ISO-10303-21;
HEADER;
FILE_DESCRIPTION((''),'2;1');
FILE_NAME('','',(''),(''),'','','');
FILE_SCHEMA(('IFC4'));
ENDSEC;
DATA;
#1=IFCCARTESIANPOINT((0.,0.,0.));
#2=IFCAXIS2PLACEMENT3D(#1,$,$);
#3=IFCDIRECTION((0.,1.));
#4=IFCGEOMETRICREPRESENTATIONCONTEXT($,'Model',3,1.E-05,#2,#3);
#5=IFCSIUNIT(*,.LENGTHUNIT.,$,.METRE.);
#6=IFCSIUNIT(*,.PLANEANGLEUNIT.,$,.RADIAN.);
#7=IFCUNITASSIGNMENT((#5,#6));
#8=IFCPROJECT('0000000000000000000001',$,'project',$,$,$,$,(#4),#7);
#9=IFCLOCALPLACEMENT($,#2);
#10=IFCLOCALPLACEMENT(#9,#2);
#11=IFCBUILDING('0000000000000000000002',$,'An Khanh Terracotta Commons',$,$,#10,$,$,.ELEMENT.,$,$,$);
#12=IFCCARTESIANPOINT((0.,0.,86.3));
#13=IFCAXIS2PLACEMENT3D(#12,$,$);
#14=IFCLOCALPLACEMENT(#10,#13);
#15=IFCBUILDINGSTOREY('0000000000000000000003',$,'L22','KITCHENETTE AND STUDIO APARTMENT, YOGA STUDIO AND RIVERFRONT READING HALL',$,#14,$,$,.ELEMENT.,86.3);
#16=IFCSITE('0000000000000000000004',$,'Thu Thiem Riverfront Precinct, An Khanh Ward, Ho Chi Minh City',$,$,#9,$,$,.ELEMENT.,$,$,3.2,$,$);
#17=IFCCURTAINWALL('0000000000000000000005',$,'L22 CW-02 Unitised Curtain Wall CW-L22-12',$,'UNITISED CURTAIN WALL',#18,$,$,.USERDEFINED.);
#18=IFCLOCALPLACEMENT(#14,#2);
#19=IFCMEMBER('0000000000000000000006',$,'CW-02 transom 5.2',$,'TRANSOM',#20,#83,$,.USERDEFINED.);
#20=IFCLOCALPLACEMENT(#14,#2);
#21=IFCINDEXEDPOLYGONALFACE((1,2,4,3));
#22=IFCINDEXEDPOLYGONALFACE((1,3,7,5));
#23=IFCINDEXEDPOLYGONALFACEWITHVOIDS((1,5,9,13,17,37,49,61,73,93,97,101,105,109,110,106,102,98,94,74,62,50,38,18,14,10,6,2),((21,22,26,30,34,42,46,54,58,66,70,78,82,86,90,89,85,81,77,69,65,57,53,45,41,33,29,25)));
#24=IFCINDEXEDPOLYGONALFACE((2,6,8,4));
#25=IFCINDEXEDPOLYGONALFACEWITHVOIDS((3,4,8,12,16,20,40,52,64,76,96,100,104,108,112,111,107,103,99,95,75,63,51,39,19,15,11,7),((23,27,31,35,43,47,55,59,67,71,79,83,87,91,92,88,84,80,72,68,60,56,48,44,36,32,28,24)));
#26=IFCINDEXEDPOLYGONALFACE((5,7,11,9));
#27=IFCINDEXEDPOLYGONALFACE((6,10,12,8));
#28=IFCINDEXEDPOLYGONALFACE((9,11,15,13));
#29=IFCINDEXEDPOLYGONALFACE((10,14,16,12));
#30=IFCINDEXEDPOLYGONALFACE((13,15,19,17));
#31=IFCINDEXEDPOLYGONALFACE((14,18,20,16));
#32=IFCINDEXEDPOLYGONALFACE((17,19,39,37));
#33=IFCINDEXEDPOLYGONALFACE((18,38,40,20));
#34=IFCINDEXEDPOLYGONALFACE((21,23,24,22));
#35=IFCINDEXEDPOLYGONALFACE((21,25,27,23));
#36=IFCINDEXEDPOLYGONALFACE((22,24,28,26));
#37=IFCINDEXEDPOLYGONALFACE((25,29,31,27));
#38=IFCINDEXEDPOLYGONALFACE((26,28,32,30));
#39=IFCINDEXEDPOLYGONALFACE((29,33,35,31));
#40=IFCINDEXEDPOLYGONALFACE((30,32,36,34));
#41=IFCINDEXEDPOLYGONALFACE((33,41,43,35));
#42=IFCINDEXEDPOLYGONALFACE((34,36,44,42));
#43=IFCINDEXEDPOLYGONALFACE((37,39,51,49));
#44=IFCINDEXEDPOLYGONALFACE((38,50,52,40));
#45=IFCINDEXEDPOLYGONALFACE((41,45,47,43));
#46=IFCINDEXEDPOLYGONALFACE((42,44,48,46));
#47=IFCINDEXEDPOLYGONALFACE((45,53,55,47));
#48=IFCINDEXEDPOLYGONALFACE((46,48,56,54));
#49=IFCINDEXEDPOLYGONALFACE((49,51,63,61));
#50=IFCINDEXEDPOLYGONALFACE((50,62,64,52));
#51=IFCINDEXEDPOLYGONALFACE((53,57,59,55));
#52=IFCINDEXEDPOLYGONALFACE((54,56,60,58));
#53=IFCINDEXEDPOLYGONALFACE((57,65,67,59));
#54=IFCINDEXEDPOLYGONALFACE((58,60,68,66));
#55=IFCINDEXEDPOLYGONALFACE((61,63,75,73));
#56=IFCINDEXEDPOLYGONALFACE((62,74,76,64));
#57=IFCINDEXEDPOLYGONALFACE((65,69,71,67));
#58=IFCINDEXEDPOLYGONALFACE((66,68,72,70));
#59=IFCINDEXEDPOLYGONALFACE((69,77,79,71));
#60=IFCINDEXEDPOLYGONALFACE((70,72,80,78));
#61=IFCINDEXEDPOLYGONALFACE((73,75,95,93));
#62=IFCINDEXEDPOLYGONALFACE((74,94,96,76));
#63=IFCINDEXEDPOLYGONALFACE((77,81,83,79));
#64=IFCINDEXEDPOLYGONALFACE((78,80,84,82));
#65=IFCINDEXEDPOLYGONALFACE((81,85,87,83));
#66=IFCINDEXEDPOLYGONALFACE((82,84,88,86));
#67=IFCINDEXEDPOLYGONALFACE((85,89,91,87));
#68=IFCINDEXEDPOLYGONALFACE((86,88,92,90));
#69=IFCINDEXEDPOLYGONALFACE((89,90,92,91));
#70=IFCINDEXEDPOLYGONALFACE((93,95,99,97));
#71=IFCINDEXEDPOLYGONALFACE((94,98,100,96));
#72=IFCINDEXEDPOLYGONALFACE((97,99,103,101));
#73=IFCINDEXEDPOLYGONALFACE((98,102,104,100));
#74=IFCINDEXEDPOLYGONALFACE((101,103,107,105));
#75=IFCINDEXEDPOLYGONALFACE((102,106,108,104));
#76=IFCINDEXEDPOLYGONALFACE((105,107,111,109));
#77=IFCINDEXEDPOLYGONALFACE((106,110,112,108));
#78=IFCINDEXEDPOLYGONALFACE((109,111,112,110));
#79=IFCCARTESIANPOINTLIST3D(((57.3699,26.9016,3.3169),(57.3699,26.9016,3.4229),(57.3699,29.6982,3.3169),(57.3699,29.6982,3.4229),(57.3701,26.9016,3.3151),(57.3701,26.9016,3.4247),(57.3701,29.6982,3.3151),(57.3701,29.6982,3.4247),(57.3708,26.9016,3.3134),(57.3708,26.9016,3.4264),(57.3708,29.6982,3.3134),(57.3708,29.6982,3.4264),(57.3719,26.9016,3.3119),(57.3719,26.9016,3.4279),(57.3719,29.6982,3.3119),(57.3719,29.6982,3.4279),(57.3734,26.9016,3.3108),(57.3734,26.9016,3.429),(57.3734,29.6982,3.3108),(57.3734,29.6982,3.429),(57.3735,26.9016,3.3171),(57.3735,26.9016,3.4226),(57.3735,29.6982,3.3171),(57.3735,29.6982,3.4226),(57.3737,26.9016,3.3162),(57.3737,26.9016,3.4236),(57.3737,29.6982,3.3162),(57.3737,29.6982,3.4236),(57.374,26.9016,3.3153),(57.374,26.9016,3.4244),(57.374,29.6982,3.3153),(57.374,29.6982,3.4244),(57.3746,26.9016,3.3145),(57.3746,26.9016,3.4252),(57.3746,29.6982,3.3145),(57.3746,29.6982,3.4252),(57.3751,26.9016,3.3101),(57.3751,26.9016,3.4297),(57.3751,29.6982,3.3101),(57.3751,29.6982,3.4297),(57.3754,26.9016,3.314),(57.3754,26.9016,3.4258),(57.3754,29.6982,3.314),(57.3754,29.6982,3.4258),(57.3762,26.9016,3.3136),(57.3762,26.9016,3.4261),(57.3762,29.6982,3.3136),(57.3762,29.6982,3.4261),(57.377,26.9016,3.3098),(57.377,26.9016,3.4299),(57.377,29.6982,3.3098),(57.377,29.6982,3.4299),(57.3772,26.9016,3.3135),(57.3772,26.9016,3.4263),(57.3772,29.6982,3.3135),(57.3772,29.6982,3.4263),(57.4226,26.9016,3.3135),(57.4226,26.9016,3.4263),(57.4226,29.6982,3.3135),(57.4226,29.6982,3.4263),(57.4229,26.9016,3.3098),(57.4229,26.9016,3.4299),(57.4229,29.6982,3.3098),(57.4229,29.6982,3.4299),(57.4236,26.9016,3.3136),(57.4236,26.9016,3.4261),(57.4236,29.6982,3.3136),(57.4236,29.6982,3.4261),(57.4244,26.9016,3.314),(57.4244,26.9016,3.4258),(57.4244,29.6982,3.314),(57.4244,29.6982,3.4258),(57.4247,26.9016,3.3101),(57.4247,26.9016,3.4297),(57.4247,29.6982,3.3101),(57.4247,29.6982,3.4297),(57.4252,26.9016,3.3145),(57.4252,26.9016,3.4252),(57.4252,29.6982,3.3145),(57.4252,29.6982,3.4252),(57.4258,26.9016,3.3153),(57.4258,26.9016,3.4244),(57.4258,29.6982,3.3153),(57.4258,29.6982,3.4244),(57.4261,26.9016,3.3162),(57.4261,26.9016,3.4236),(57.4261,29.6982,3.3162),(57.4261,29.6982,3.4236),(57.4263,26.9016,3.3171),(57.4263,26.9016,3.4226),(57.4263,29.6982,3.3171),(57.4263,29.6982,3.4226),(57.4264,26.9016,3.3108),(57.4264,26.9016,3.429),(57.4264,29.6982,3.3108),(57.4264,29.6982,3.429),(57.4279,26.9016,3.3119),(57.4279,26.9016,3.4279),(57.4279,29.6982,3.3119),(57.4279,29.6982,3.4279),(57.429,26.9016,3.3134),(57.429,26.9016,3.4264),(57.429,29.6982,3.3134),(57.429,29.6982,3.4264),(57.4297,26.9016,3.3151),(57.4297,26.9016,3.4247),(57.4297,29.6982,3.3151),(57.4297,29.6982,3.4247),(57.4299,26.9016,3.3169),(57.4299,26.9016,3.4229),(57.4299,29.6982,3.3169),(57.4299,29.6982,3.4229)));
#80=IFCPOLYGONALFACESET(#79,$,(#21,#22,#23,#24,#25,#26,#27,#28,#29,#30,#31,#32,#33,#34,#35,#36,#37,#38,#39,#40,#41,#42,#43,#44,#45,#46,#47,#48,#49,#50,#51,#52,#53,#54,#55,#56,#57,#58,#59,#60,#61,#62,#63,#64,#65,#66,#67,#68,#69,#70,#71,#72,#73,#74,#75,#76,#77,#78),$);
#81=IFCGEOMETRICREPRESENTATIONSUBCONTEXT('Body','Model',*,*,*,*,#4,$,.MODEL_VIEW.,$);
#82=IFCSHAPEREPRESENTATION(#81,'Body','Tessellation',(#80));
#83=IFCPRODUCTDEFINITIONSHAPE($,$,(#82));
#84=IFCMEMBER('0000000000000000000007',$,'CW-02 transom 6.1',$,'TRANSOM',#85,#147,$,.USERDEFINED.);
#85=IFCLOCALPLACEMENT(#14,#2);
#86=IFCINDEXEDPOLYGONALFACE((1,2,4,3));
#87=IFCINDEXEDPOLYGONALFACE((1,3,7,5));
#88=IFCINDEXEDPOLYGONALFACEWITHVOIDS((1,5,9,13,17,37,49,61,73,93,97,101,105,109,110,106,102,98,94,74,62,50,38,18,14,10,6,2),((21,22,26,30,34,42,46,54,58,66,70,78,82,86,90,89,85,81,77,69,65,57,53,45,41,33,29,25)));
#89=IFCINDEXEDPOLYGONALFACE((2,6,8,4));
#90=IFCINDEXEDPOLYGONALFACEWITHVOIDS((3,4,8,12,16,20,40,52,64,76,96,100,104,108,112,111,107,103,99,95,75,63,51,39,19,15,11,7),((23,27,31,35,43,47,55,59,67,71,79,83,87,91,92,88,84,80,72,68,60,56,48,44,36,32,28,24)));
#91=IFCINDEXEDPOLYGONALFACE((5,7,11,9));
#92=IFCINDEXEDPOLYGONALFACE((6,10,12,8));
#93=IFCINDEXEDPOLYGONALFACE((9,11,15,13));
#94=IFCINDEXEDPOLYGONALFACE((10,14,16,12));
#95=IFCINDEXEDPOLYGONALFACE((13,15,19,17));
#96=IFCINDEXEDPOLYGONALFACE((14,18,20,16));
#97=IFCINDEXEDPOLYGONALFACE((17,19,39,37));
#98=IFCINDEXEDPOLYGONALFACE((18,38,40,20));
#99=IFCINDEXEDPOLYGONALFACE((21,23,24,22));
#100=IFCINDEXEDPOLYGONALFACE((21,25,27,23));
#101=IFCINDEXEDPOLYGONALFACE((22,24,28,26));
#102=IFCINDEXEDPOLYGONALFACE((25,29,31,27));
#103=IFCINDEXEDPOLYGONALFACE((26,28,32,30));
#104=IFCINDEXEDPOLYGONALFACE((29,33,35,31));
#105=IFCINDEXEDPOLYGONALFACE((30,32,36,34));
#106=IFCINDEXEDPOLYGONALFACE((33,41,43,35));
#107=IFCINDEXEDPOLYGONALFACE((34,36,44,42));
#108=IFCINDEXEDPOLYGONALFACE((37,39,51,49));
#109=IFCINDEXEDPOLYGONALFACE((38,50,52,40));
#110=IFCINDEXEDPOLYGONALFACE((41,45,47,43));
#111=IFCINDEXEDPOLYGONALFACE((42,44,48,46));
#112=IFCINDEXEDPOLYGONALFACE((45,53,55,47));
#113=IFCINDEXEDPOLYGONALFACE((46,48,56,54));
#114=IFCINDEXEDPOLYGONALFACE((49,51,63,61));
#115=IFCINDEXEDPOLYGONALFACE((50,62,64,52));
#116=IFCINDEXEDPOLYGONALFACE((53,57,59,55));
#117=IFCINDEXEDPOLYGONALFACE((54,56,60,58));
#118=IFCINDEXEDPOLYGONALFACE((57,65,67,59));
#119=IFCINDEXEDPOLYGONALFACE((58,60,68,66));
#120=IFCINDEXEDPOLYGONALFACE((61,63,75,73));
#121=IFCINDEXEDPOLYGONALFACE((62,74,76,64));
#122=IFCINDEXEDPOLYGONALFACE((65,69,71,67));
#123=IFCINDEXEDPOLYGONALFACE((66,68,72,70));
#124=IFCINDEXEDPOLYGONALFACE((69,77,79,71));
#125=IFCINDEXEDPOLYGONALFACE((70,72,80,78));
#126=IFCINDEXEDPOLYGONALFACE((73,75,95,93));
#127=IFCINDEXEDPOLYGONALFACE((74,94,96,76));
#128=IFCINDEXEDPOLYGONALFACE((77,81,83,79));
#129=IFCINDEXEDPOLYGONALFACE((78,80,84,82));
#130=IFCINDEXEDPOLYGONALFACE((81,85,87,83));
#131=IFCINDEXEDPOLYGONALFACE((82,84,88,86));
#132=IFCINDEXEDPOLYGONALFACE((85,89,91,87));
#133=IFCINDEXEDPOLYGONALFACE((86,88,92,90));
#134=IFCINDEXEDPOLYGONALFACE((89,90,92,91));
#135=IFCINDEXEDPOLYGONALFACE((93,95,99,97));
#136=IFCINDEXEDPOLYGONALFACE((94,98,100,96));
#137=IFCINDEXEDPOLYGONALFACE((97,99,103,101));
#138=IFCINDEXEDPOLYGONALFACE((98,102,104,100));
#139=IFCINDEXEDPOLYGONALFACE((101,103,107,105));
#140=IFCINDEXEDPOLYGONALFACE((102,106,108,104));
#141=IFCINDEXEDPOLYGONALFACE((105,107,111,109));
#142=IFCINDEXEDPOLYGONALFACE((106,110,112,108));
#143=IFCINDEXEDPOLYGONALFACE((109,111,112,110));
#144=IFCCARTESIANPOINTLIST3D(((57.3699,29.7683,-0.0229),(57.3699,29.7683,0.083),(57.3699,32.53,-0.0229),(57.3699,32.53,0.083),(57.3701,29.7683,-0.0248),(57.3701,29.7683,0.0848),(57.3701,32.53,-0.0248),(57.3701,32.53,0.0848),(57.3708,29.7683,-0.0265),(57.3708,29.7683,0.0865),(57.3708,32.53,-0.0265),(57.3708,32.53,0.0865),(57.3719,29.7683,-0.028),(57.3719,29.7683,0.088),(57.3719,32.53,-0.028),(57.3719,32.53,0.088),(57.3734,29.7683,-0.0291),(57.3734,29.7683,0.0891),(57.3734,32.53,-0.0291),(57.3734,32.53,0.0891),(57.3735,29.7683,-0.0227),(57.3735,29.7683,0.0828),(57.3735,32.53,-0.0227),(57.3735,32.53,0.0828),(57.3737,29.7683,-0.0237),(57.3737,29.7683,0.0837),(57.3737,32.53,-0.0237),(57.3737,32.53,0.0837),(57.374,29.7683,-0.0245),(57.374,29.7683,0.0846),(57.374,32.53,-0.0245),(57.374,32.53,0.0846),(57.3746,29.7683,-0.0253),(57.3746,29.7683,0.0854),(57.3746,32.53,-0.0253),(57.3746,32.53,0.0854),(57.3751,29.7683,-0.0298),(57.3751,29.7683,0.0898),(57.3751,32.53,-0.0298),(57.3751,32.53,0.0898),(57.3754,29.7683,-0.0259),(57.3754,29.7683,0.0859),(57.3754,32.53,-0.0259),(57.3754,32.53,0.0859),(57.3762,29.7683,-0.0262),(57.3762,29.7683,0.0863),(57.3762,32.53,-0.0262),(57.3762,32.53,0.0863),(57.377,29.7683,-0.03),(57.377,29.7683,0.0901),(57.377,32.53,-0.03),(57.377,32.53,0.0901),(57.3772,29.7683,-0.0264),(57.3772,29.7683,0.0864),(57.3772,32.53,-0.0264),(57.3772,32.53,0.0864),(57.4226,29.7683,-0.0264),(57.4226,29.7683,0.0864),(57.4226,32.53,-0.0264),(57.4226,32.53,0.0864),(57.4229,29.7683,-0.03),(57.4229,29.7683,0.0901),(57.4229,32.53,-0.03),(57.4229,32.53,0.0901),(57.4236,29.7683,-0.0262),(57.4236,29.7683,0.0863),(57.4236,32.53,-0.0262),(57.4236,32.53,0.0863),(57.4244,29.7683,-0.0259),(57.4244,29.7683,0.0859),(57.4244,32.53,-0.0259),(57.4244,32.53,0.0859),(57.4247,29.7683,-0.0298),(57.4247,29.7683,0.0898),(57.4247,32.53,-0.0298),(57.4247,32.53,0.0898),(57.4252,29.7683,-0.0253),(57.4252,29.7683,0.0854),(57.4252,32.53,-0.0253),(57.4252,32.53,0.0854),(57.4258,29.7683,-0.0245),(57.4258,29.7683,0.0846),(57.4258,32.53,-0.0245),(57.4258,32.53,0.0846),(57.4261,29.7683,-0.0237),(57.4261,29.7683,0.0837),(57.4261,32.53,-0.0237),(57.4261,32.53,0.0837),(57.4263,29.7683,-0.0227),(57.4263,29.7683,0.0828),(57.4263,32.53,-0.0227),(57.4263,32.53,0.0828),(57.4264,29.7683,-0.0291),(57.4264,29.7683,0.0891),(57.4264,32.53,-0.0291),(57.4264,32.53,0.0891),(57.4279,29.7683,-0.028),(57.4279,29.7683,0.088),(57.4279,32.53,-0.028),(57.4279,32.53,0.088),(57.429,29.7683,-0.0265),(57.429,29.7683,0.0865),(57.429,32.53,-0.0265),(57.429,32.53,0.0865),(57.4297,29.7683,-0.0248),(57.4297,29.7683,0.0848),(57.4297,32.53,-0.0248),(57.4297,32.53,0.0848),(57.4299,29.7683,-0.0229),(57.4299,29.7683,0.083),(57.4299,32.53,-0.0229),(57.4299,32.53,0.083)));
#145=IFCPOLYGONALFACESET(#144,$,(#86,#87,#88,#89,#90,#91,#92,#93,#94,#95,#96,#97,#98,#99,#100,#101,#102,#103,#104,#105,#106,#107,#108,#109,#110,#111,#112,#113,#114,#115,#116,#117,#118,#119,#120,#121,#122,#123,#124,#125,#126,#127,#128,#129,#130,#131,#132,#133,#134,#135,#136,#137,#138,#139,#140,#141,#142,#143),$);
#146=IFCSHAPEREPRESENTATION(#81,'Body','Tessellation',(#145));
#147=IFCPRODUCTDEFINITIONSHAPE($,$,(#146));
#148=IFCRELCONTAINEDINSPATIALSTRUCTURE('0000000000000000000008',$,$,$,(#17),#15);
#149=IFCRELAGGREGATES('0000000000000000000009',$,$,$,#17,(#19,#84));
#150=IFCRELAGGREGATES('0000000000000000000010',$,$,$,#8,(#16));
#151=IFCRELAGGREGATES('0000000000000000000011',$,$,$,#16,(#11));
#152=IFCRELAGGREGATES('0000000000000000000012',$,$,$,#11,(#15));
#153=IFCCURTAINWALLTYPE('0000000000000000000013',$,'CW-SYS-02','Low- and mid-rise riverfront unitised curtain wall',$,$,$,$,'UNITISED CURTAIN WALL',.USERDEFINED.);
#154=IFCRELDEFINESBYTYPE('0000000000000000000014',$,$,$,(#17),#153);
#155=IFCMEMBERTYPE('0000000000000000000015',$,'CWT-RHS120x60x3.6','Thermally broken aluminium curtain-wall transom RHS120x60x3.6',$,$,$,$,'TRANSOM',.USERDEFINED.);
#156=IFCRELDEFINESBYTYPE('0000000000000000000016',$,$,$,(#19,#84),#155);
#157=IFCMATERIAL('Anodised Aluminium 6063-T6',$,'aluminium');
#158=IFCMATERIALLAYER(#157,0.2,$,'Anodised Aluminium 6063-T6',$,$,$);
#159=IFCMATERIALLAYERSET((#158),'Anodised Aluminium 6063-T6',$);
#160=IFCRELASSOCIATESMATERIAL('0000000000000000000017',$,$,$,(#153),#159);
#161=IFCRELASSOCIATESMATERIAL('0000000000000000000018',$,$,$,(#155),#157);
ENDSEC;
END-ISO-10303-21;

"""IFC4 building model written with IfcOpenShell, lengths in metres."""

from ifc_helpers import new_model, si_unit, direction, frame, origin, origin_2d, place, context, subcontext, project, spatial, hollow_rectangle, extrude, material, layer, layer_set, material_profile, profile_set, type_object, element, aggregate, save


model = new_model("IFC4")

# Units and contexts
model_context = context("Model", 3, precision=1e-05, world=origin(), true_north=direction((0.0, 1.0)))
body_context = subcontext(model_context, "Body", "Model", "MODEL_VIEW")
ifc_project = project(units=[si_unit("LENGTHUNIT", "METRE"), si_unit("PLANEANGLEUNIT", "RADIAN")], contexts=[model_context])

# Site, building, storey
site_placement = place(None, origin())
site = spatial("IfcSite", under=ifc_project, at=site_placement, Name="Thu Thiem Riverfront Precinct, An Khanh Ward, Ho Chi Minh City", CompositionType="ELEMENT", RefElevation=3.2)
building_placement = place(site_placement, origin())
building = spatial("IfcBuilding", under=site, at=building_placement, Name="An Khanh Terracotta Commons", CompositionType="ELEMENT")
storey_placement = place(building_placement, frame((0.0, 0.0, 86.3)))
storey = spatial("IfcBuildingStorey", under=building, at=storey_placement, Name="L22", Description="KITCHENETTE AND STUDIO APARTMENT, YOGA STUDIO AND RIVERFRONT READING HALL", CompositionType="ELEMENT", Elevation=86.3)

# Curtain wall, members
ifc_material_1 = material(Name="Anodised Aluminium 6063-T6", Category="aluminium")
ifc_layer_1 = layer(ifc_material_1, 0.2, Name="Anodised Aluminium 6063-T6")
ifc_layer_set_1 = layer_set([ifc_layer_1], Name="Anodised Aluminium 6063-T6")
curtain_wall_type = type_object("IfcCurtainWallType", Name="CW-SYS-02", Description="Low- and mid-rise riverfront unitised curtain wall", ElementType="UNITISED CURTAIN WALL", PredefinedType="USERDEFINED", material=ifc_layer_set_1)
curtain_wall_placement = place(storey_placement, origin())
curtain_wall = element("IfcCurtainWall", 1, at=curtain_wall_placement, inside=storey, type_object=curtain_wall_type, Name="L22 CW-02 Unitised Curtain Wall CW-L22-12", ObjectType="UNITISED CURTAIN WALL", PredefinedType="USERDEFINED")
ifc_material_profile_1 = material_profile(ifc_material_1, hollow_rectangle(XDim=0.0601, YDim=0.1201, WallThickness=0.0037, InnerFilletRadius=0.0037, OuterFilletRadius=0.0071, at=origin_2d()), Name="RHS120x60x3.6")
ifc_profile_set_1 = profile_set([ifc_material_profile_1], Name="Anodised Aluminium 6063-T6")
member_type_1 = type_object("IfcMemberType", Name="CWT-RHS120x60x3.6", Description="Thermally broken aluminium curtain-wall transom RHS120x60x3.6", ElementType="TRANSOM", PredefinedType="USERDEFINED", material=ifc_profile_set_1)
member_1_placement = place(storey_placement, frame((57.3999, 26.9016, 3.3699), z_axis=(0.0, 1.0, 0.0), x_axis=(-1.0, 0.0, 0.0)))
member_1 = element("IfcMember", 2, at=member_1_placement, type_object=member_type_1, Name="CW-02 transom 5.2", ObjectType="TRANSOM", PredefinedType="USERDEFINED", context=body_context, shape_type="SweptSolid", body=[
    extrude(hollow_rectangle(XDim=0.0601, YDim=0.1201, WallThickness=0.0037, InnerFilletRadius=0.0037, OuterFilletRadius=0.0071, at=origin_2d()), origin(), (0.0, 0.0, 1.0), 2.7966),
])
member_2_placement = place(storey_placement, frame((57.3999, 29.7683, 0.03), z_axis=(0.0, 1.0, 0.0), x_axis=(-1.0, 0.0, 0.0)))
member_2 = element("IfcMember", 3, at=member_2_placement, type_object=member_type_1, Name="CW-02 transom 6.1", ObjectType="TRANSOM", PredefinedType="USERDEFINED", context=body_context, shape_type="SweptSolid", body=[
    extrude(hollow_rectangle(XDim=0.0601, YDim=0.1201, WallThickness=0.0037, InnerFilletRadius=0.0037, OuterFilletRadius=0.0071, at=origin_2d()), origin(), (0.0, 0.0, 1.0), 2.7617),
])
aggregate(curtain_wall, [member_1, member_2])

save(model, "model.ifc")
